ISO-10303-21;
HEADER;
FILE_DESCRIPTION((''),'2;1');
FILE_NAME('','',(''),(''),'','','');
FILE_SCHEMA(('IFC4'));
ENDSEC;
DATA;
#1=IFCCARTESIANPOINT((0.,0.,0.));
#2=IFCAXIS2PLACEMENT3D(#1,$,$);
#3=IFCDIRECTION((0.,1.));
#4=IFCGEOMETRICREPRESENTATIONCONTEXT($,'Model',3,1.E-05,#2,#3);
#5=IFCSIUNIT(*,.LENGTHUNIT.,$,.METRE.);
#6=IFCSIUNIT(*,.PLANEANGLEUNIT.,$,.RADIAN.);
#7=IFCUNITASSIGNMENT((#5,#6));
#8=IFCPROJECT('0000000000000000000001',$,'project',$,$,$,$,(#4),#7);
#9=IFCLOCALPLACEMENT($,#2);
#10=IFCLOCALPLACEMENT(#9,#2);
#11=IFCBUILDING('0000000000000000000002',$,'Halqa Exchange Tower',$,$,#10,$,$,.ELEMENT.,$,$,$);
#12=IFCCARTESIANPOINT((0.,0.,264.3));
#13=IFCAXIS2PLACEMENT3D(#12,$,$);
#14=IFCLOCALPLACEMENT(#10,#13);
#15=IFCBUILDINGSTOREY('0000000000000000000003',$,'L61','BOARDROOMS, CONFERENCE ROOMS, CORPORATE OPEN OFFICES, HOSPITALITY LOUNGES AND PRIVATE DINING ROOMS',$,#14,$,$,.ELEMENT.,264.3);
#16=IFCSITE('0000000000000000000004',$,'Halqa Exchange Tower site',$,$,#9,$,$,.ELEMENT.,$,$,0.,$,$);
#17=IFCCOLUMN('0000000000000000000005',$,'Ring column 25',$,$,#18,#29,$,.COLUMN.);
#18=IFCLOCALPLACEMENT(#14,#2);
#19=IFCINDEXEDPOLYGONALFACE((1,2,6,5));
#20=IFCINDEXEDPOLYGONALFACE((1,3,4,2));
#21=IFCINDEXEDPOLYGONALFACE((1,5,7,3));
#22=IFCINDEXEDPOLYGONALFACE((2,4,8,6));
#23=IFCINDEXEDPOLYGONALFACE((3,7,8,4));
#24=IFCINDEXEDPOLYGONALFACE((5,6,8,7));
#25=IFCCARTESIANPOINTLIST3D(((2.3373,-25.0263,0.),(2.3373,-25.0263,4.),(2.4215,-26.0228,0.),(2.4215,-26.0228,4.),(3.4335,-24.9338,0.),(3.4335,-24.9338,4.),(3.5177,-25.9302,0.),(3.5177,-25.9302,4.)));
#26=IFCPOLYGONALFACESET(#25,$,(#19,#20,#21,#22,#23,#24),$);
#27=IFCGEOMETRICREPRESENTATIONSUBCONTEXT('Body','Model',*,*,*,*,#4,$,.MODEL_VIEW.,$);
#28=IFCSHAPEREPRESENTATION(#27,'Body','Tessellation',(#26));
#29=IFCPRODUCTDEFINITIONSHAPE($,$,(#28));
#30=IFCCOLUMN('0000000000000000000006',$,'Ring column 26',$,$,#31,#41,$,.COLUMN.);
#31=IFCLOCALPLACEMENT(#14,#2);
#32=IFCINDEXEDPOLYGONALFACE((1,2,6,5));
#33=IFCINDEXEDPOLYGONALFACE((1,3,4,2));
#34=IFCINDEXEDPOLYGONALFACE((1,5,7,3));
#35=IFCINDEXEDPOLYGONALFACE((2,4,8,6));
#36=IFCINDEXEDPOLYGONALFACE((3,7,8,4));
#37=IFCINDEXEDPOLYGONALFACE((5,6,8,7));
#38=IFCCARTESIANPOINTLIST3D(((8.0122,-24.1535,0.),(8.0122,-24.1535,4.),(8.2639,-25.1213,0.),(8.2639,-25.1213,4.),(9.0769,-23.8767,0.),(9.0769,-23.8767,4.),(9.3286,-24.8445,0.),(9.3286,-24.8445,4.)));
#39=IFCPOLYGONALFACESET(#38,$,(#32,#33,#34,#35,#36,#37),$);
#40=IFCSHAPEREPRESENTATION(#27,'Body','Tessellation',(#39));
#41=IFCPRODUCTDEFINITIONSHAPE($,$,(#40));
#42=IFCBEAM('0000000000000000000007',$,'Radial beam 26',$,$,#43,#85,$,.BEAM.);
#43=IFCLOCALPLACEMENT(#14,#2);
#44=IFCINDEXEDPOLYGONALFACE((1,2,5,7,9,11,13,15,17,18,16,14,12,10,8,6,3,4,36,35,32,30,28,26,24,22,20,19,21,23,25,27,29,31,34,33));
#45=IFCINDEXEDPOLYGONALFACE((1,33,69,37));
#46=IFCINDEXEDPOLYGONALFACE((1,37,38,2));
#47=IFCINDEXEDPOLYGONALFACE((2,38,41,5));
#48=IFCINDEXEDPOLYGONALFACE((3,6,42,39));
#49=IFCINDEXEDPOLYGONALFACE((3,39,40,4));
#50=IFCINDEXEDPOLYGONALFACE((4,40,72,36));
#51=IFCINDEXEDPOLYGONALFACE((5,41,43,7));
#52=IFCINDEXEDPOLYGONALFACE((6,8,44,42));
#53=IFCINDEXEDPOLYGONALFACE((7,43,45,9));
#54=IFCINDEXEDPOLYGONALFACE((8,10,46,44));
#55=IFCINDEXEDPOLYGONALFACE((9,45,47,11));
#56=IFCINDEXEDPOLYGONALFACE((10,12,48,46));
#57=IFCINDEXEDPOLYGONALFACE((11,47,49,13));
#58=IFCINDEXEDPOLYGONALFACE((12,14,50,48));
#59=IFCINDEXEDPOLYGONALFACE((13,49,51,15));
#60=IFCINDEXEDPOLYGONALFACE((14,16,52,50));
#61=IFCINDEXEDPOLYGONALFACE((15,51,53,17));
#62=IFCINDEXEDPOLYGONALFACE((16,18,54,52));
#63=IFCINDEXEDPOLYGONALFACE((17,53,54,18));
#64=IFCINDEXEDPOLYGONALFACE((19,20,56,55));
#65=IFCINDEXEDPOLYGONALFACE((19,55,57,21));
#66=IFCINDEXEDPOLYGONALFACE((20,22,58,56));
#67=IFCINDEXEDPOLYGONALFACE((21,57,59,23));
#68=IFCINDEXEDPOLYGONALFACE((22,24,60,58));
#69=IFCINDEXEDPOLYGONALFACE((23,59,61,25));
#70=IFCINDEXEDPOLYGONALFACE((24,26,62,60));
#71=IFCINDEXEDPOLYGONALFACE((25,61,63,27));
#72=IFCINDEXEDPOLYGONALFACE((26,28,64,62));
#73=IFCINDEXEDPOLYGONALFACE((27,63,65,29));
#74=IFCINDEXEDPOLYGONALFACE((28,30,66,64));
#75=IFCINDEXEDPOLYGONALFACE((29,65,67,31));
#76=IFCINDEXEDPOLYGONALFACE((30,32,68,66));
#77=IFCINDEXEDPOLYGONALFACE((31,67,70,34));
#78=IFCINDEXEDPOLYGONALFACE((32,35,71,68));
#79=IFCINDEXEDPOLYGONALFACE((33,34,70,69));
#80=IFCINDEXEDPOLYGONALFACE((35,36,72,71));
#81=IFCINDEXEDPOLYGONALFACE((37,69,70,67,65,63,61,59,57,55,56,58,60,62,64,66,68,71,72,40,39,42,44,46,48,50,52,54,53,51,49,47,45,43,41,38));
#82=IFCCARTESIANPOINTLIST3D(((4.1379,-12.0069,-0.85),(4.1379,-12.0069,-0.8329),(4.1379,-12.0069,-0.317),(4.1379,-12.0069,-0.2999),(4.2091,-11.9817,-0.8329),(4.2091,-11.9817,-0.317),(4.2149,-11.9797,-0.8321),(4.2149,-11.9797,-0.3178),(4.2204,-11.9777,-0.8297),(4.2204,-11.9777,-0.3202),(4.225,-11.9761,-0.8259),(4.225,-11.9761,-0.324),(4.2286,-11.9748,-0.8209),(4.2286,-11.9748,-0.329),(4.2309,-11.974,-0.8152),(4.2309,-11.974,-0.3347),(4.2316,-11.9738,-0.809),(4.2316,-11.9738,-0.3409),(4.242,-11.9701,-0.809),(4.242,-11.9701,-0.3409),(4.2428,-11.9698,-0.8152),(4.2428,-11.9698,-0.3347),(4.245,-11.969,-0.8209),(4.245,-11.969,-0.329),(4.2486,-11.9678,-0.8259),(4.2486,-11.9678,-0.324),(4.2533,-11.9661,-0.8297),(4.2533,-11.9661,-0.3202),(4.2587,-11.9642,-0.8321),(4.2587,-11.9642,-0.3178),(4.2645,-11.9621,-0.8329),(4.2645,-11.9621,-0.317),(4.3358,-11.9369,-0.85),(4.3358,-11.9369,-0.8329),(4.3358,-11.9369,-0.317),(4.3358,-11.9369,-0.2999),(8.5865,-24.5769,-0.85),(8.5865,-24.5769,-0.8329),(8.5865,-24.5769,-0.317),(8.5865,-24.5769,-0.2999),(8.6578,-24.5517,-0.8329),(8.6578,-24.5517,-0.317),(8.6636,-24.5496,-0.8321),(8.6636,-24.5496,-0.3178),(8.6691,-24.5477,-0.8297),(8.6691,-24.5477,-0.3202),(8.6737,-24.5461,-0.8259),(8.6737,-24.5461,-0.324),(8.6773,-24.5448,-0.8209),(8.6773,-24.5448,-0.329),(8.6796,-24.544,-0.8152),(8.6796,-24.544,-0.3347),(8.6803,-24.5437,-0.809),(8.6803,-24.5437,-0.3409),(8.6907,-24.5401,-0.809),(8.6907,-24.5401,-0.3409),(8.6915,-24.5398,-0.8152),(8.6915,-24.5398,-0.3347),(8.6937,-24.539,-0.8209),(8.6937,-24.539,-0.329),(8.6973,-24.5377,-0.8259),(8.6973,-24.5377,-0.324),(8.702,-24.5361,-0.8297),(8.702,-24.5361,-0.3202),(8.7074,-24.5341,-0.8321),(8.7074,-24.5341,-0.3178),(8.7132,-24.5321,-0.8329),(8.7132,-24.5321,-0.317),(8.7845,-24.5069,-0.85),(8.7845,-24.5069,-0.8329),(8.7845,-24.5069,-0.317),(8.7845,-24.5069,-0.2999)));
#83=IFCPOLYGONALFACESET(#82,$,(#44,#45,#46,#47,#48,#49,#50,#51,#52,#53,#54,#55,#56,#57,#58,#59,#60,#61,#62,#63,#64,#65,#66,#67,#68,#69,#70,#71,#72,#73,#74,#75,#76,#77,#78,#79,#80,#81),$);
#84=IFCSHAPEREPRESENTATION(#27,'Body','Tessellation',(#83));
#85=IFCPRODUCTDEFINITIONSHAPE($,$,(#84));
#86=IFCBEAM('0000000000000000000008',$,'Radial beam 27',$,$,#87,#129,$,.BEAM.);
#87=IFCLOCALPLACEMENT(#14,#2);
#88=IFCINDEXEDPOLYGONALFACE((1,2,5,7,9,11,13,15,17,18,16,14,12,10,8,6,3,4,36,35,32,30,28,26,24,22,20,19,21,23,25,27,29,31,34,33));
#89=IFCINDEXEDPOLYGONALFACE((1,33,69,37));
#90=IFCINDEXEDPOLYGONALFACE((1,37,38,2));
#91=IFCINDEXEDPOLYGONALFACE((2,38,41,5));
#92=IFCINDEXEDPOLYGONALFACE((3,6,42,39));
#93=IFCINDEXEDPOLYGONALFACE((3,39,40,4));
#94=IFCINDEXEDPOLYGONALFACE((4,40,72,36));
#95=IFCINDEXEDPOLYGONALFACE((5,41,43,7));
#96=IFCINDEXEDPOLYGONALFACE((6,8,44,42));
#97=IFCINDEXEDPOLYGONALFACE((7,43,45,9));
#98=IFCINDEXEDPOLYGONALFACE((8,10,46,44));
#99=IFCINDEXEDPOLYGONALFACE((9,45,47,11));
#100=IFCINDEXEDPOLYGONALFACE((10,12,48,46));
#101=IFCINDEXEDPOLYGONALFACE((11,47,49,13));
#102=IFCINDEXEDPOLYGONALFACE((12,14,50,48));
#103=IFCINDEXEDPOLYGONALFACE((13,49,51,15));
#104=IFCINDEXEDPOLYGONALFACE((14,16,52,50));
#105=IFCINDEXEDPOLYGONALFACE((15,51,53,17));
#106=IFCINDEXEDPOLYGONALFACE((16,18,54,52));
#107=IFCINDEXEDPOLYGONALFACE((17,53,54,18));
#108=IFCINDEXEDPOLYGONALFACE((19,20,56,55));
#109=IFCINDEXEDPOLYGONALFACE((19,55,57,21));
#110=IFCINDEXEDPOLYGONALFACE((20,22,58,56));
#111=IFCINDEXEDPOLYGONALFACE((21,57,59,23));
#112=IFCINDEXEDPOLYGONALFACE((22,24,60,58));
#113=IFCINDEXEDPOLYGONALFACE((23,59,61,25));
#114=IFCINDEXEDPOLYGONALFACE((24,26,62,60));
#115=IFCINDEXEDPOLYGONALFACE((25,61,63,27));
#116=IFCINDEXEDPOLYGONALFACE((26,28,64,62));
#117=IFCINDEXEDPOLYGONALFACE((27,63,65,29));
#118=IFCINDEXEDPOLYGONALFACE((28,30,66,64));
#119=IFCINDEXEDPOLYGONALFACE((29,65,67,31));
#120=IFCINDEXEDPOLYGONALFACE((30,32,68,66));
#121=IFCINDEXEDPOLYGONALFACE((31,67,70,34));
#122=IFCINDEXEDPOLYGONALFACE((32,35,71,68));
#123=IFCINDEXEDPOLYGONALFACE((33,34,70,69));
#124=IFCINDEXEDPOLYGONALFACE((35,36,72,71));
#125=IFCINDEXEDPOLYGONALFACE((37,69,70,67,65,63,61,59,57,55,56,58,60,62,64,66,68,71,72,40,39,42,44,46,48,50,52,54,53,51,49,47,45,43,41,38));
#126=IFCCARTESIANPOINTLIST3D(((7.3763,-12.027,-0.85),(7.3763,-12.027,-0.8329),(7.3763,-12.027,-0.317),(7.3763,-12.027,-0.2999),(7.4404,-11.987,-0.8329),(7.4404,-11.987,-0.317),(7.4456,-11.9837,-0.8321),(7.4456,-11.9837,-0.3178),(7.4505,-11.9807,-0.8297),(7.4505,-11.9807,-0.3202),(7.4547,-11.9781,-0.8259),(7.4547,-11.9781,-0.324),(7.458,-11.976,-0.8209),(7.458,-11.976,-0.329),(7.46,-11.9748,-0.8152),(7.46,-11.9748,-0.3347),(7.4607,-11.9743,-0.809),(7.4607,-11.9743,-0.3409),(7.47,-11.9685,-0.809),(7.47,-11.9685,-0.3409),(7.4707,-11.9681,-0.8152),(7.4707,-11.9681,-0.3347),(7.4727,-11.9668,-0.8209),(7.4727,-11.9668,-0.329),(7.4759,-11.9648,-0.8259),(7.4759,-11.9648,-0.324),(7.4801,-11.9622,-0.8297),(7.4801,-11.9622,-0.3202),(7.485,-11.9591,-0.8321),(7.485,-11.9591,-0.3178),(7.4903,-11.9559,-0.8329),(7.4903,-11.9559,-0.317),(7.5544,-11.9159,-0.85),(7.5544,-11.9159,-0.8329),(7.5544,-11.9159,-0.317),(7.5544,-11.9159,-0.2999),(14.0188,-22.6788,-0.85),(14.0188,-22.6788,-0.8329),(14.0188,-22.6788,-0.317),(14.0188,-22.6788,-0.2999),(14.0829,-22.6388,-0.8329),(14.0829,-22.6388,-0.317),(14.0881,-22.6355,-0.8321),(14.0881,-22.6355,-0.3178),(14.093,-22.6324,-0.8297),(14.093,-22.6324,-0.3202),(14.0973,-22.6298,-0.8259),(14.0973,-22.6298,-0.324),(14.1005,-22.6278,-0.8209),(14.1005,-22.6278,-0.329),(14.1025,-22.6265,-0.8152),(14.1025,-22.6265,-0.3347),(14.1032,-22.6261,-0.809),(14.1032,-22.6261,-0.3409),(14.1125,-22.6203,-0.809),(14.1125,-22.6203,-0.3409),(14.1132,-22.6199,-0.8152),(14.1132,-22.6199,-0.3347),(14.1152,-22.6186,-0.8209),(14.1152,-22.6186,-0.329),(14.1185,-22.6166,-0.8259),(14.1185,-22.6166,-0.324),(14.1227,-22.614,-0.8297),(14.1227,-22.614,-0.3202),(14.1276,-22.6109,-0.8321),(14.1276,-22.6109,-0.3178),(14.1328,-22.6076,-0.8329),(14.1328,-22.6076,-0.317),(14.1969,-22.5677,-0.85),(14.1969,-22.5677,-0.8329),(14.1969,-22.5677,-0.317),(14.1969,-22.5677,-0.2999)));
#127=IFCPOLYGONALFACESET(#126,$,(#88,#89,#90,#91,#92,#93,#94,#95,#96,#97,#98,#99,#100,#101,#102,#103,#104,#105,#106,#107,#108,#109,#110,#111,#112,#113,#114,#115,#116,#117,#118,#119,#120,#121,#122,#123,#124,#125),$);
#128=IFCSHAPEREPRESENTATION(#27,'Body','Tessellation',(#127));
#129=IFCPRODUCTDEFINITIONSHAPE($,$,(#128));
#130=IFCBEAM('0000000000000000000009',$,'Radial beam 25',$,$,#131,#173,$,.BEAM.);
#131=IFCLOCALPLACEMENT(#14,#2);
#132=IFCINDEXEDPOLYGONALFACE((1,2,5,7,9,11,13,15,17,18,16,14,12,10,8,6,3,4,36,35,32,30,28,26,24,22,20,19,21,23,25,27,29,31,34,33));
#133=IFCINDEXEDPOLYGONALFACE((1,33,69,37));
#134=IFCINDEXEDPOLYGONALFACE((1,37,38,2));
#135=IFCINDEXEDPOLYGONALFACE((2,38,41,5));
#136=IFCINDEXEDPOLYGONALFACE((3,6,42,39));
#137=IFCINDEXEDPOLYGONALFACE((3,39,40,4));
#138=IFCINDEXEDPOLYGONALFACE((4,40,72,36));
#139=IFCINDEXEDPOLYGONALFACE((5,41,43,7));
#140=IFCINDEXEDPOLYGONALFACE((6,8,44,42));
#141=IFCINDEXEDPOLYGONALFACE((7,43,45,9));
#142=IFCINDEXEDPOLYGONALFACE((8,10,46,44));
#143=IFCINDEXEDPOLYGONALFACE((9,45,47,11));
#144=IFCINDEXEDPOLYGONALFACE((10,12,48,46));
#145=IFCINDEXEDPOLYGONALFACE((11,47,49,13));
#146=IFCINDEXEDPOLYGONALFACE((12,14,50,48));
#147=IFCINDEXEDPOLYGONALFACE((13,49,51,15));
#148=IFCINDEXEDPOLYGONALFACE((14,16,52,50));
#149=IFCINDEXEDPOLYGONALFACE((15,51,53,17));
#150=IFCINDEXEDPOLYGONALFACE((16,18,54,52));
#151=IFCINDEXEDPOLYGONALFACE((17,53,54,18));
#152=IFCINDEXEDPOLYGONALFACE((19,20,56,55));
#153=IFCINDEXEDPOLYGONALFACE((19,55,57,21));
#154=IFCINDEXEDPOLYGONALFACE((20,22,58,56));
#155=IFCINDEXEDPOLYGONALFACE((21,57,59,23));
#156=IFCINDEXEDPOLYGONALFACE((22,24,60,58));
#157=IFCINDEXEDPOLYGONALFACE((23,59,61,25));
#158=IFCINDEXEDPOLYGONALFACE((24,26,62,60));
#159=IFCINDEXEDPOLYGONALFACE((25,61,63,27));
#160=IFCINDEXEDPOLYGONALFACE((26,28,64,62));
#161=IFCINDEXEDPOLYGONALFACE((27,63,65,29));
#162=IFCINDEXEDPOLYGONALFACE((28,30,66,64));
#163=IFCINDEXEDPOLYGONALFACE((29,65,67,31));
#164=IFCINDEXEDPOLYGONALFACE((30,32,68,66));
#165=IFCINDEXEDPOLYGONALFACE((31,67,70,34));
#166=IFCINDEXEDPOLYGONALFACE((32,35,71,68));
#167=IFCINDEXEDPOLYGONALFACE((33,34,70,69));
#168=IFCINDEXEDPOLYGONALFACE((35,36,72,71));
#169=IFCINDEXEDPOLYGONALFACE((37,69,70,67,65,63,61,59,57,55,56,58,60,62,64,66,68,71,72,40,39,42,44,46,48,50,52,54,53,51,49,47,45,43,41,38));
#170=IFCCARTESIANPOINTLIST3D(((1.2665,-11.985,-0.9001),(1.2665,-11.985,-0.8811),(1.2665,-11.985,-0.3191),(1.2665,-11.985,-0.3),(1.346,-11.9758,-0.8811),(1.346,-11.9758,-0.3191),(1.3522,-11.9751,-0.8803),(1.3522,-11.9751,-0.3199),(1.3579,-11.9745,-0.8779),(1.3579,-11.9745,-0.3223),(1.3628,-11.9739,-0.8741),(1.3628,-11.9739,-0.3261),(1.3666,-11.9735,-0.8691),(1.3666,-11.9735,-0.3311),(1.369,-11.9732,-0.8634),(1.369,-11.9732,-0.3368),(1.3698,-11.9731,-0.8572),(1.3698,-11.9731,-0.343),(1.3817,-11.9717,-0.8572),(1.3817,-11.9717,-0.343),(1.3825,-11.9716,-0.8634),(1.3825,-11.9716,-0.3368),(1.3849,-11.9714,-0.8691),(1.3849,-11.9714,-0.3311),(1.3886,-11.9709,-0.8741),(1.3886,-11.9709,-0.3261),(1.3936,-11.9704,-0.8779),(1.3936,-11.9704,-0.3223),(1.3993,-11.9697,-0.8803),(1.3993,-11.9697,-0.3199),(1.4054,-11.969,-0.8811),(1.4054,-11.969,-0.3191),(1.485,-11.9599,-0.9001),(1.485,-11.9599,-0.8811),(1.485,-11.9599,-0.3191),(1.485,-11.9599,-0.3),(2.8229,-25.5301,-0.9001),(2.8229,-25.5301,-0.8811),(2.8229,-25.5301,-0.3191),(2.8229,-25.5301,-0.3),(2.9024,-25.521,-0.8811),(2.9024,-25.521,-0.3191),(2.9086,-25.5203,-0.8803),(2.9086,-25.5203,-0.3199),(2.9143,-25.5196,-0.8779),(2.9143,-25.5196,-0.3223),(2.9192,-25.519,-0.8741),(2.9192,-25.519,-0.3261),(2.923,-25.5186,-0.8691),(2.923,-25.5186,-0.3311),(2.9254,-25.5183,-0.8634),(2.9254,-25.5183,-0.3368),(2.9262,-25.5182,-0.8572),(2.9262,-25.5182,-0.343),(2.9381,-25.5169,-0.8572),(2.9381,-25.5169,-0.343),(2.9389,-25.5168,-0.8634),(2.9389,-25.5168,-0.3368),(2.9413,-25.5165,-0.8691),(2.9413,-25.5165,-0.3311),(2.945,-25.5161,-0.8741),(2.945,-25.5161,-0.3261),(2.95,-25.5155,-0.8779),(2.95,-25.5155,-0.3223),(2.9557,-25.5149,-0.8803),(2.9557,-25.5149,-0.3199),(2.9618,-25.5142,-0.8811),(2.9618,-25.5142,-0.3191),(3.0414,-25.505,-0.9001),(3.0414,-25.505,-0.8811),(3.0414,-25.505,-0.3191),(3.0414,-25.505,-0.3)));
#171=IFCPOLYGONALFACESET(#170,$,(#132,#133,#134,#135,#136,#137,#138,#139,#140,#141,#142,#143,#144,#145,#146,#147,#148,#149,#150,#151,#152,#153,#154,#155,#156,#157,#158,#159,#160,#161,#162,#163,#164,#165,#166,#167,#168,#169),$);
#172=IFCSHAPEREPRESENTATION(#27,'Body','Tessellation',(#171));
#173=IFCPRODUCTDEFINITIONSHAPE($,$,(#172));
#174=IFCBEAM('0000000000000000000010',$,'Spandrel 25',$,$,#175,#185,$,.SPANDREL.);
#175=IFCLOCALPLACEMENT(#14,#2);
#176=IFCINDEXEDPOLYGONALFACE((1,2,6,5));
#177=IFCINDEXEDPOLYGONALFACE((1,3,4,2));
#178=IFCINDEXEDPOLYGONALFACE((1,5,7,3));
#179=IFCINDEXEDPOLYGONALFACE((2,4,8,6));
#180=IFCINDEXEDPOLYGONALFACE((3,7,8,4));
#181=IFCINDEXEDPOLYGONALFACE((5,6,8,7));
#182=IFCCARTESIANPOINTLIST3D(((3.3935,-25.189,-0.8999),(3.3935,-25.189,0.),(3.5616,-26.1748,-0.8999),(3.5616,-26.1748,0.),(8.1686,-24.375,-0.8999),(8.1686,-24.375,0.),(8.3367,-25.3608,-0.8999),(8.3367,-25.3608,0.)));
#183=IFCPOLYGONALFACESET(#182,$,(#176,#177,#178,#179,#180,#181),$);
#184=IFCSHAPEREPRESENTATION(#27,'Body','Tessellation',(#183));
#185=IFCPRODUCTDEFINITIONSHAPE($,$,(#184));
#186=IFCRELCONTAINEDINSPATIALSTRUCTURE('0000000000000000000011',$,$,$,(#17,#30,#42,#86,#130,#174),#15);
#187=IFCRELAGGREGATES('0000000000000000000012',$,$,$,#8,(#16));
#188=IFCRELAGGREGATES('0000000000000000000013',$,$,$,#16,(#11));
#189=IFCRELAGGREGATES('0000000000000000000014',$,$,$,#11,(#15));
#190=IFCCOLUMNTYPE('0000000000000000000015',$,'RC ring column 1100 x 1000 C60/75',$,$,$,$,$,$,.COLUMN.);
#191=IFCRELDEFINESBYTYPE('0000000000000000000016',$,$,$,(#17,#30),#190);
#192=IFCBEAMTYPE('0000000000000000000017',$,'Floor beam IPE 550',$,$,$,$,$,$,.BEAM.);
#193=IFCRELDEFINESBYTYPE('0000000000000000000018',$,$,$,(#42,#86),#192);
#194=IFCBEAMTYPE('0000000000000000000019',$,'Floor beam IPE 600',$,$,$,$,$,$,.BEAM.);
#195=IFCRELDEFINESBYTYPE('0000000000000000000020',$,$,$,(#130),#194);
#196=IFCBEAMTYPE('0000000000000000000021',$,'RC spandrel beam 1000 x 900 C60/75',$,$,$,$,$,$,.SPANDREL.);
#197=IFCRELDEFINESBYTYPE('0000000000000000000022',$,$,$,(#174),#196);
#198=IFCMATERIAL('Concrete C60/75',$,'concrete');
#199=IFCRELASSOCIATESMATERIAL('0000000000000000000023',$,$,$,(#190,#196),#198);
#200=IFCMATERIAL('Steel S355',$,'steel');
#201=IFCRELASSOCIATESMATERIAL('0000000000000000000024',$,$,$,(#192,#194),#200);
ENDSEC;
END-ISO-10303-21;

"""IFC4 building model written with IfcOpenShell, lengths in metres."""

from ifc_helpers import new_model, si_unit, direction, frame, origin, origin_2d, place, context, subcontext, project, spatial, rectangle, i_section, extrude, material, material_profile, profile_set, type_object, element, save


model = new_model("IFC4")

# Units and contexts
model_context = context("Model", 3, precision=1e-05, world=origin(), true_north=direction((0.0, 1.0)))
body_context = subcontext(model_context, "Body", "Model", "MODEL_VIEW")
ifc_project = project(units=[si_unit("LENGTHUNIT", "METRE"), si_unit("PLANEANGLEUNIT", "RADIAN")], contexts=[model_context])

# Site, building, storey
site_placement = place(None, origin())
site = spatial("IfcSite", under=ifc_project, at=site_placement, Name="Halqa Exchange Tower site", CompositionType="ELEMENT", RefElevation=0.0)
building_placement = place(site_placement, origin())
building = spatial("IfcBuilding", under=site, at=building_placement, Name="Halqa Exchange Tower", CompositionType="ELEMENT")
storey_placement = place(building_placement, frame((0.0, 0.0, 264.3)))
storey = spatial("IfcBuildingStorey", under=building, at=storey_placement, Name="L61", Description="BOARDROOMS, CONFERENCE ROOMS, CORPORATE OPEN OFFICES, HOSPITALITY LOUNGES AND PRIVATE DINING ROOMS", CompositionType="ELEMENT", Elevation=264.3)

# Columns
ifc_material_1 = material(Name="Concrete C60/75", Category="concrete")
ifc_material_profile_1 = material_profile(ifc_material_1, rectangle(XDim=1.1001, YDim=1.0, at=origin_2d()), Name="1100 x 1000")
ifc_profile_set_1 = profile_set([ifc_material_profile_1], Name="Concrete C60/75")
column_type = type_object("IfcColumnType", Name="RC ring column 1100 x 1000 C60/75", PredefinedType="COLUMN", material=ifc_profile_set_1)
for number, where, z_axis, x_axis, name in (
    (1, (2.9275, -25.4783, 0.0), (0.0, 0.0, 1.0), (0.996456, 0.084121, 0.0), "Ring column 25"),
    (2, (8.6704, -24.499, 0.0), (0.0, 0.0, 1.0), (0.96782, 0.251642, 0.0), "Ring column 26"),
):
    element("IfcColumn", number, at=place(storey_placement, frame(where, z_axis=z_axis, x_axis=x_axis)), inside=storey, type_object=column_type, Name=name, PredefinedType="COLUMN", context=body_context, shape_type="SweptSolid", body=[
        extrude(rectangle(XDim=1.1001, YDim=1.0, at=origin_2d()), origin(), (0.0, 0.0, 1.0), 4.0),
    ])

# Beams
ifc_material_2 = material(Name="Steel S355", Category="steel")
ifc_material_profile_2 = material_profile(ifc_material_2, i_section(OverallWidth=0.21, OverallDepth=0.55, WebThickness=0.011, FlangeThickness=0.0171, FilletRadius=0.0239, at=origin_2d()), Name="IPE 550")
ifc_profile_set_2 = profile_set([ifc_material_profile_2], Name="Steel S355")
beam_type_1 = type_object("IfcBeamType", Name="Floor beam IPE 550", PredefinedType="BEAM", material=ifc_profile_set_2)
beam_1_placement = place(storey_placement, frame((4.2368, -11.9719, -0.575), z_axis=(0.333636, -0.942702, 0.0), x_axis=(0.942702, 0.333636, 0.0)))
element("IfcBeam", 3, at=beam_1_placement, inside=storey, type_object=beam_type_1, Name="Radial beam 26", PredefinedType="BEAM", context=body_context, shape_type="SweptSolid", body=[
    extrude(i_section(OverallWidth=0.21, OverallDepth=0.55, WebThickness=0.011, FlangeThickness=0.0171, FilletRadius=0.0239, at=origin_2d()), origin(), (0.0, 0.0, 1.0), 13.334),
])
beam_2_placement = place(storey_placement, frame((7.4653, -11.9714, -0.575), z_axis=(0.529149, -0.848529, 0.0), x_axis=(0.848529, 0.529149, 0.0)))
element("IfcBeam", 4, at=beam_2_placement, inside=storey, type_object=beam_type_1, Name="Radial beam 27", PredefinedType="BEAM", context=body_context, shape_type="SweptSolid", body=[
    extrude(i_section(OverallWidth=0.21, OverallDepth=0.55, WebThickness=0.011, FlangeThickness=0.0171, FilletRadius=0.0239, at=origin_2d()), origin(), (0.0, 0.0, 1.0), 12.5532),
])
ifc_material_profile_3 = material_profile(ifc_material_2, i_section(OverallWidth=0.22, OverallDepth=0.6001, WebThickness=0.012, FlangeThickness=0.019, FilletRadius=0.0239, at=origin_2d()), Name="IPE 600")
ifc_profile_set_3 = profile_set([ifc_material_profile_3], Name="Steel S355")
beam_type_2 = type_object("IfcBeamType", Name="Floor beam IPE 600", PredefinedType="BEAM", material=ifc_profile_set_3)
beam_3_placement = place(storey_placement, frame((1.3757, -11.9724, -0.6001), z_axis=(0.114153, -0.993463, 0.0), x_axis=(0.993463, 0.114153, 0.0)))
element("IfcBeam", 5, at=beam_3_placement, inside=storey, type_object=beam_type_2, Name="Radial beam 25", PredefinedType="BEAM", context=body_context, shape_type="SweptSolid", body=[
    extrude(i_section(OverallWidth=0.22, OverallDepth=0.6001, WebThickness=0.012, FlangeThickness=0.019, FilletRadius=0.0239, at=origin_2d()), origin(), (0.0, 0.0, 1.0), 13.6343),
])
ifc_material_profile_4 = material_profile(ifc_material_1, rectangle(XDim=1.0, YDim=0.8999, at=origin_2d()), Name="1000 x 900")
ifc_profile_set_4 = profile_set([ifc_material_profile_4], Name="Concrete C60/75")
beam_type_3 = type_object("IfcBeamType", Name="RC spandrel beam 1000 x 900 C60/75", PredefinedType="SPANDREL", material=ifc_profile_set_4)
beam_4_placement = place(storey_placement, frame((3.4775, -25.6819, -0.45), z_axis=(0.985781, 0.168035, 0.0), x_axis=(-0.168035, 0.985781, 0.0)))
element("IfcBeam", 6, at=beam_4_placement, inside=storey, type_object=beam_type_3, Name="Spandrel 25", PredefinedType="SPANDREL", context=body_context, shape_type="SweptSolid", body=[
    extrude(rectangle(XDim=1.0, YDim=0.8999, at=origin_2d()), origin(), (0.0, 0.0, 1.0), 4.844),
])

save(model, "model.ifc")
